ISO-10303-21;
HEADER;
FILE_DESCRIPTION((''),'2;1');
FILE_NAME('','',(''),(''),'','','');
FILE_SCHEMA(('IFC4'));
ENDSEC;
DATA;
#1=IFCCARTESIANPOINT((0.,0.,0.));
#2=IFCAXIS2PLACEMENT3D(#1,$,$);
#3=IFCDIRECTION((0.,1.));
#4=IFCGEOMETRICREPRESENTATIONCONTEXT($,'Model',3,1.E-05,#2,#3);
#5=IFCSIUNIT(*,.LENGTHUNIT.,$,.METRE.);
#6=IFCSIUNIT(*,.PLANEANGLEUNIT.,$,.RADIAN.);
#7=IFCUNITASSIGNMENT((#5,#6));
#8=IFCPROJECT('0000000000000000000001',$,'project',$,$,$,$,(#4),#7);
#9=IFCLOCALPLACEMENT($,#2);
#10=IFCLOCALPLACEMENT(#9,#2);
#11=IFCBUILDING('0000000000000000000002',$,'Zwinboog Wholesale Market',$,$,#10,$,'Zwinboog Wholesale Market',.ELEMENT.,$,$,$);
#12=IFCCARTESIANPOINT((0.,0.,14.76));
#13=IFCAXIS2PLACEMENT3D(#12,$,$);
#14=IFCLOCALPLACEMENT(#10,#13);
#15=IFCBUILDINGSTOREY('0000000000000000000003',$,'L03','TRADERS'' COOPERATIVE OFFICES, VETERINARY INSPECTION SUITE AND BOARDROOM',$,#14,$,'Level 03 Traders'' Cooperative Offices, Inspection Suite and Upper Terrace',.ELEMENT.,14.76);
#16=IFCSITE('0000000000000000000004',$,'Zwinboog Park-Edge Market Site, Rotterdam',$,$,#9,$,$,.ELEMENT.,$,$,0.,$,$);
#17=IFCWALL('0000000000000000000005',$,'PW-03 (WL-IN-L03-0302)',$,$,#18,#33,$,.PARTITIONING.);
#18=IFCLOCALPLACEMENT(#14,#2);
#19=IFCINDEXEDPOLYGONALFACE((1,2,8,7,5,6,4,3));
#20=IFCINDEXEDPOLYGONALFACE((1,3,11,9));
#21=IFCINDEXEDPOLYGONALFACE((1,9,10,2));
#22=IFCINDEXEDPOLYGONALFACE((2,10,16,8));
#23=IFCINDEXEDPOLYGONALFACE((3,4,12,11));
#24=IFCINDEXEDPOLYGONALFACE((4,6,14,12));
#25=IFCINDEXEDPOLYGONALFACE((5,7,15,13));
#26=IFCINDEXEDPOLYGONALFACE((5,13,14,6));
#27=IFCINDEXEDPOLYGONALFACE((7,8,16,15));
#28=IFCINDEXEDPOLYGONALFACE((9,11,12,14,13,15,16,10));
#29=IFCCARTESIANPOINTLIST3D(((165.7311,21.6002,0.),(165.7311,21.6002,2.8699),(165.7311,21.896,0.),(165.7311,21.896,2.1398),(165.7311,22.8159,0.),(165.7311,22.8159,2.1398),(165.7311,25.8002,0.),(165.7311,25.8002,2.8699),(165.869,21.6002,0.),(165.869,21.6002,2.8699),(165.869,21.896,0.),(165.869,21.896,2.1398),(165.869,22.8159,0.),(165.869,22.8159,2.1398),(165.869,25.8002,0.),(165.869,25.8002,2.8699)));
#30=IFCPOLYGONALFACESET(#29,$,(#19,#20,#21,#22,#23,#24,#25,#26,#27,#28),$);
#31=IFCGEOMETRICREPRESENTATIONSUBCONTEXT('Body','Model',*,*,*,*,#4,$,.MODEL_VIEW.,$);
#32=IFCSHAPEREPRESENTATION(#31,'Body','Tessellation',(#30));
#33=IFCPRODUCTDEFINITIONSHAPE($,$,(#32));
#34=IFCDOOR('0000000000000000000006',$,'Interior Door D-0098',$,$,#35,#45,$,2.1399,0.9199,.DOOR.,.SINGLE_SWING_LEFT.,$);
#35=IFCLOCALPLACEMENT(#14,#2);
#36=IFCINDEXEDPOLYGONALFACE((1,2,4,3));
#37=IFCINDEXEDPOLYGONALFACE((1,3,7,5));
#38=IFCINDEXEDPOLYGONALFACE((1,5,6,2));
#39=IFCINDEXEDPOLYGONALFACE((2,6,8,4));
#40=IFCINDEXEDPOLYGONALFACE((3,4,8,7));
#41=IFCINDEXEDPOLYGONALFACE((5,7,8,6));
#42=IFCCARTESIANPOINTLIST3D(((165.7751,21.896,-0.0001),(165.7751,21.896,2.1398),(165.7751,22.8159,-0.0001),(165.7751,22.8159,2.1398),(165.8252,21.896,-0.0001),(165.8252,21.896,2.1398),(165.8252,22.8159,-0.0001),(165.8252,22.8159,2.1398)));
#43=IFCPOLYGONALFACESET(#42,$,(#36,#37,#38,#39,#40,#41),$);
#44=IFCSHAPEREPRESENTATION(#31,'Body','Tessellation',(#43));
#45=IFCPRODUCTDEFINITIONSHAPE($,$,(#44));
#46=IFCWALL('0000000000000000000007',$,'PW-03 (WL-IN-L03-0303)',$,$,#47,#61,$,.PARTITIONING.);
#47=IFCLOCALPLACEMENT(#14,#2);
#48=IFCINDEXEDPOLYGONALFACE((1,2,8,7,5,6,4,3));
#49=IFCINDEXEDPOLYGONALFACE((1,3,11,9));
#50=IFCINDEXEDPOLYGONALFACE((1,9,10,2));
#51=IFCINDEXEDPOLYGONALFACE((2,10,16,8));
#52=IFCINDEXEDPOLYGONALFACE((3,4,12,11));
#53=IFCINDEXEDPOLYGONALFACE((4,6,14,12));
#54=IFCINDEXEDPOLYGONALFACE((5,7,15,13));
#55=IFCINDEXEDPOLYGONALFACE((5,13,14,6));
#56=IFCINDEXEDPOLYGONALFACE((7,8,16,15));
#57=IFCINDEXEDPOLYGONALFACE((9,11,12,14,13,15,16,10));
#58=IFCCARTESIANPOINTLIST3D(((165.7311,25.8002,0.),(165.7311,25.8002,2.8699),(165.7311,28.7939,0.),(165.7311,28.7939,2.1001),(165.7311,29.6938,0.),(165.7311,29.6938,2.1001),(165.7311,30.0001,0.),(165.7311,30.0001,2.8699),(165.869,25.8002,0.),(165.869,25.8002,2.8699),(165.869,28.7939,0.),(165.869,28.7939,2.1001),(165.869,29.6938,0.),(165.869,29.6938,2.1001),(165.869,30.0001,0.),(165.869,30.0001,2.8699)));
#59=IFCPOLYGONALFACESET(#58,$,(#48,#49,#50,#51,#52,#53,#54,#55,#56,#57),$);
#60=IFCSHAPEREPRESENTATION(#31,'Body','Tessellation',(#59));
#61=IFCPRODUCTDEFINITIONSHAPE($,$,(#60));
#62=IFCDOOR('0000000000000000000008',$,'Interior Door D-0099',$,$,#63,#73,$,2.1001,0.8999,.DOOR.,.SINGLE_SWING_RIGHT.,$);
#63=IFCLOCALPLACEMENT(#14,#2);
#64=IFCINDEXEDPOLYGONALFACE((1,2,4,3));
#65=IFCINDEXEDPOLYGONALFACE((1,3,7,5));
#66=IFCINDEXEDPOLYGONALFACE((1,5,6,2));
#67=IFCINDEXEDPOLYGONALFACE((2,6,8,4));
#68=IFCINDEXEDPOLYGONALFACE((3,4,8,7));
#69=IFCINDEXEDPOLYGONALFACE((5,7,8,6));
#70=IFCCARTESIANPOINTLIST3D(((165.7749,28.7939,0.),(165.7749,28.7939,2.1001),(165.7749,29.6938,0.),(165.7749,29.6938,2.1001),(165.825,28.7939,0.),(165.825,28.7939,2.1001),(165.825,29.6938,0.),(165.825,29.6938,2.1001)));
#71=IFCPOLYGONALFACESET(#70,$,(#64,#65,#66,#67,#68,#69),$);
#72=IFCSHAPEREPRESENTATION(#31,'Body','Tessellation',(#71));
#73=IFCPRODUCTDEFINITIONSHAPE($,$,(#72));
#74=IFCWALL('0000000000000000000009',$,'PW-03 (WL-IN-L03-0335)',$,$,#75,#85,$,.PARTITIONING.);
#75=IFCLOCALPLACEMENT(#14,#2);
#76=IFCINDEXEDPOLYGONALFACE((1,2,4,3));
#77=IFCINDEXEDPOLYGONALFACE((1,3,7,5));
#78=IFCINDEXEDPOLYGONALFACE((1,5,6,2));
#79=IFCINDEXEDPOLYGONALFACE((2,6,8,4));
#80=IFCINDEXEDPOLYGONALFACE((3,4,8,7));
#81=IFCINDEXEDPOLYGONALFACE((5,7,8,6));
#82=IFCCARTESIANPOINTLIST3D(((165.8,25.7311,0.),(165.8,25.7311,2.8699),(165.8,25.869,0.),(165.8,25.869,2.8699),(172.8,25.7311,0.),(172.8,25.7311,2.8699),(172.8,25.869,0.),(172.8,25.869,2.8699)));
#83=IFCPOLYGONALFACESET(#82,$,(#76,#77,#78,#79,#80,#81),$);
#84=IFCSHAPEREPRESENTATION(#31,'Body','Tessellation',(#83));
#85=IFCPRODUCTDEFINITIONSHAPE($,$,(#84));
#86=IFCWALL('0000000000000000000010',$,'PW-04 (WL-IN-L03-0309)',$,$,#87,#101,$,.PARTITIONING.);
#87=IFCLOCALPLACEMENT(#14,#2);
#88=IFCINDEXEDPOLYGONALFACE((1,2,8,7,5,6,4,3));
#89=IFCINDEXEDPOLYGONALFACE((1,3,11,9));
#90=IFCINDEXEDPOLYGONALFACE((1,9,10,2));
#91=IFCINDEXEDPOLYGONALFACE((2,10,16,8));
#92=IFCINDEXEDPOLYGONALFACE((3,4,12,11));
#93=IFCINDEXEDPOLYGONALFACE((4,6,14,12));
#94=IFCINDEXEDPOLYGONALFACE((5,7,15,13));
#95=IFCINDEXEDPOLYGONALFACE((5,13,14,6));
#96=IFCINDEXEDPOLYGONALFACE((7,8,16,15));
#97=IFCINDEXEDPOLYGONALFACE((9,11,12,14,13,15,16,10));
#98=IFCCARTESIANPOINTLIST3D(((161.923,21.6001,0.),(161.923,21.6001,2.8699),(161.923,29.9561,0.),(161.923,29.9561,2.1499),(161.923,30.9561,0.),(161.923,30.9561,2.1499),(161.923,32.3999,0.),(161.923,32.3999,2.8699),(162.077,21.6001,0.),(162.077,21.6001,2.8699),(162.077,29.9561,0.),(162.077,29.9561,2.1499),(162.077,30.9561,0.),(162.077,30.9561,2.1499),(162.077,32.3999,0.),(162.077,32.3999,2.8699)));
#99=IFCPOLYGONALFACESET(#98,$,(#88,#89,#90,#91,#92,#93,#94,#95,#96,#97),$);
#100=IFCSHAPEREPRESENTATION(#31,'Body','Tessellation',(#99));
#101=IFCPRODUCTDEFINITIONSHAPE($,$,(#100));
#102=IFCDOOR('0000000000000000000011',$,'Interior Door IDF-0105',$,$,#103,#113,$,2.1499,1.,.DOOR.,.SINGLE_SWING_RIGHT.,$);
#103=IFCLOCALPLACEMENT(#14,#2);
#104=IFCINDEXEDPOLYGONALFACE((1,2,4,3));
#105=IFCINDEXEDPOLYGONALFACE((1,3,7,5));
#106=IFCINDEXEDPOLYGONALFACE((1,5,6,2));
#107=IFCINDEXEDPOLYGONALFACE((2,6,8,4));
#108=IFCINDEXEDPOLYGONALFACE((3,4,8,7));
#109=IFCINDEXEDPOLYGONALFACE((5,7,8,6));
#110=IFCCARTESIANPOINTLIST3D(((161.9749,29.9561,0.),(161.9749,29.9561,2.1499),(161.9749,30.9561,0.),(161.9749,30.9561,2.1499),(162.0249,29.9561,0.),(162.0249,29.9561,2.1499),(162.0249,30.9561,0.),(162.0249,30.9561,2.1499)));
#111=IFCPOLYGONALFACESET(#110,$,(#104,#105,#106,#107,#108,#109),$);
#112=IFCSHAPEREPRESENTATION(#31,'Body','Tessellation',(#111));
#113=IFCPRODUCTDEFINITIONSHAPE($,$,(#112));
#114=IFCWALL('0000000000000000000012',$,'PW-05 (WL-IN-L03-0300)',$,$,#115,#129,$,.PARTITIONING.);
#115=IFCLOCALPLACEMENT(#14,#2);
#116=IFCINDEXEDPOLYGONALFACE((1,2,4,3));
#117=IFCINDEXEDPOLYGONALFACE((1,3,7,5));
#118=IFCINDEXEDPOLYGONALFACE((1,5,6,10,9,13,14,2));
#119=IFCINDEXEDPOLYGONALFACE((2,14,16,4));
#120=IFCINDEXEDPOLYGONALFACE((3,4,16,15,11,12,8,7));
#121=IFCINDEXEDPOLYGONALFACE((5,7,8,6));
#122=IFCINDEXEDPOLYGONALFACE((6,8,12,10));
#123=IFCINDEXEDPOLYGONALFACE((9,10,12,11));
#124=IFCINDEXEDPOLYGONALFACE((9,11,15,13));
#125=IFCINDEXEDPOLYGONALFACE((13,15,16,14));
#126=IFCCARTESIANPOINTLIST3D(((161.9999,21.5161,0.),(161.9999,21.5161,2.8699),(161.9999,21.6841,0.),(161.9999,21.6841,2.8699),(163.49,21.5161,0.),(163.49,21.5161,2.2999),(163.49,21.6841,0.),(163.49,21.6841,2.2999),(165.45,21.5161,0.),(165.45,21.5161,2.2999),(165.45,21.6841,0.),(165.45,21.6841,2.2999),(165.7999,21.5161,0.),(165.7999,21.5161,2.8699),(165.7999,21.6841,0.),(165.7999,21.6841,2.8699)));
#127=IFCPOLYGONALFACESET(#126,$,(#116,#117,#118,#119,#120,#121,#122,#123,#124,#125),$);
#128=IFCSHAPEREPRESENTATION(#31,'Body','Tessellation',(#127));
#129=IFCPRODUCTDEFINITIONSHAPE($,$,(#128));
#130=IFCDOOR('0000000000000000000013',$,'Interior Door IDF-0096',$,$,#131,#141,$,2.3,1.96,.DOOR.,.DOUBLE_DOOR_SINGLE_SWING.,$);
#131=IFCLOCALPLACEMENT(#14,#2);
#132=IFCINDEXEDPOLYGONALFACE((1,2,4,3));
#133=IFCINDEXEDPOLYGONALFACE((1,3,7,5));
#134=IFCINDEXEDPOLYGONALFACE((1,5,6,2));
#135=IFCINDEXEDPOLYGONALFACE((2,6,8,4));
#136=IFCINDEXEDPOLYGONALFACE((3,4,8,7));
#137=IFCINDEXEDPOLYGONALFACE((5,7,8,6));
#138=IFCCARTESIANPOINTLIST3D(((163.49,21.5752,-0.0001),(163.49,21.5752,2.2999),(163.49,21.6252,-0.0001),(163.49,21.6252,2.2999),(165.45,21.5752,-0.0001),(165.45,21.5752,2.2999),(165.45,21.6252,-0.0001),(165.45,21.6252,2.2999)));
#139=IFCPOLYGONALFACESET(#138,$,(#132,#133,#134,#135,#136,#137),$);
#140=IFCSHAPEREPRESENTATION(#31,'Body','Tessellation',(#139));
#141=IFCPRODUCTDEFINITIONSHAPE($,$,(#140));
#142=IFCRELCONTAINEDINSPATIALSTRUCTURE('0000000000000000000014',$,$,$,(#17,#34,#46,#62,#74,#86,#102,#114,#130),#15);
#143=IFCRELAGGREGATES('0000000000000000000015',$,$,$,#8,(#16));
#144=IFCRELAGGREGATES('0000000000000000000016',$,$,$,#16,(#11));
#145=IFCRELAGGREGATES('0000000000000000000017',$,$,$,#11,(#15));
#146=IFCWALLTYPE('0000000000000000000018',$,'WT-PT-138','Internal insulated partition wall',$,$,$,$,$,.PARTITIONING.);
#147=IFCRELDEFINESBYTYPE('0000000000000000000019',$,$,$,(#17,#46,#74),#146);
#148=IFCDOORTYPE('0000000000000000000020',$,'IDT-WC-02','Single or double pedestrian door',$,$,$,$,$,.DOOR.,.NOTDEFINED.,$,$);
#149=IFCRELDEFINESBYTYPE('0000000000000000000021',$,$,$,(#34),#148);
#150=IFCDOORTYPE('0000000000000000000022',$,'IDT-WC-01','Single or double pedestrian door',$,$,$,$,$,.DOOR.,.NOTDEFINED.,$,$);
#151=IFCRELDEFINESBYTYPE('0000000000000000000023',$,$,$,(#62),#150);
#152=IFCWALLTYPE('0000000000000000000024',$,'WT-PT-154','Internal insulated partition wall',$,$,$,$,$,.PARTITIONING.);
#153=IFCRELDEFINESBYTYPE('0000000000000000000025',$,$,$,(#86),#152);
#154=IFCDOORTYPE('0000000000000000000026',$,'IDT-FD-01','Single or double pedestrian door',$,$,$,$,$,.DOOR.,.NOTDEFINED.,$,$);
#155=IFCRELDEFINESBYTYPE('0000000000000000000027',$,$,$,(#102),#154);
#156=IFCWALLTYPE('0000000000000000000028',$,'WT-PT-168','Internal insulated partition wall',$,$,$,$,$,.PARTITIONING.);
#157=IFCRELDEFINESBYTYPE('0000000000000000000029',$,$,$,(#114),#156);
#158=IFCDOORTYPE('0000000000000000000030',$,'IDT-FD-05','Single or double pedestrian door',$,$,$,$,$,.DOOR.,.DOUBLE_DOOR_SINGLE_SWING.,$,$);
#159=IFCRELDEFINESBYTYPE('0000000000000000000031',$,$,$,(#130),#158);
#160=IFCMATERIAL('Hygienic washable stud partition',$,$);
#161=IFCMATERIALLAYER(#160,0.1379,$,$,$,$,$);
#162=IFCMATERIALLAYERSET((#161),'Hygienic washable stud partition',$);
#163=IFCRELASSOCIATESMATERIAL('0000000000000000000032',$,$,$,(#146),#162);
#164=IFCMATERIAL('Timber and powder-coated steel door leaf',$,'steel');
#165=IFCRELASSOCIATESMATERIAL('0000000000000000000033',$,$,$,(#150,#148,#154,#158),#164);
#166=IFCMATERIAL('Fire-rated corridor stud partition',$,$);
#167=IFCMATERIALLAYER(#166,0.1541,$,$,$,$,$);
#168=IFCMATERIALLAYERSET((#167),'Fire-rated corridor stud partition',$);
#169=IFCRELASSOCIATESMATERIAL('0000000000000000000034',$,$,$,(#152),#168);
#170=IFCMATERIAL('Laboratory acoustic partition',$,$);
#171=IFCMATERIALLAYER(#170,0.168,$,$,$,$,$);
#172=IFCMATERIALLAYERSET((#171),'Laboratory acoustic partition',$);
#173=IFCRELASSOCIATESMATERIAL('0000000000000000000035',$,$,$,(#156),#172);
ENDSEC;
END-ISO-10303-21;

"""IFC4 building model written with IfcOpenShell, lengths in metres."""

from ifc_helpers import new_model, si_unit, direction, frame, frame_2d, origin, place, context, subcontext, project, spatial, rectangle, extrude, material, layer, layer_set, type_object, element, fill, save


model = new_model("IFC4")

# Units and contexts
model_context = context("Model", 3, precision=1e-05, world=origin(), true_north=direction((0.0, 1.0)))
body_context = subcontext(model_context, "Body", "Model", "MODEL_VIEW")
ifc_project = project(units=[si_unit("LENGTHUNIT", "METRE"), si_unit("PLANEANGLEUNIT", "RADIAN")], contexts=[model_context])

# Site, building, storey
site_placement = place(None, origin())
site = spatial("IfcSite", under=ifc_project, at=site_placement, Name="Zwinboog Park-Edge Market Site, Rotterdam", CompositionType="ELEMENT", RefElevation=0.0)
building_placement = place(site_placement, origin())
building = spatial("IfcBuilding", under=site, at=building_placement, Name="Zwinboog Wholesale Market", LongName="Zwinboog Wholesale Market", CompositionType="ELEMENT")
storey_placement = place(building_placement, frame((0.0, 0.0, 14.76)))
storey = spatial("IfcBuildingStorey", under=building, at=storey_placement, Name="L03", Description="TRADERS' COOPERATIVE OFFICES, VETERINARY INSPECTION SUITE AND BOARDROOM", LongName="Level 03 Traders' Cooperative Offices, Inspection Suite and Upper Terrace", CompositionType="ELEMENT", Elevation=14.76)

# Walls, openings, doors
ifc_material_1 = material(Name="Hygienic washable stud partition")
ifc_layer_1 = layer(ifc_material_1, 0.1379)
ifc_layer_set_1 = layer_set([ifc_layer_1], Name="Hygienic washable stud partition")
wall_type_1 = type_object("IfcWallType", Name="WT-PT-138", Description="Internal insulated partition wall", PredefinedType="PARTITIONING", material=ifc_layer_set_1)
ifc_material_2 = material(Name="Timber and powder-coated steel door leaf", Category="steel")
door_type_1 = type_object("IfcDoorType", Name="IDT-WC-01", Description="Single or double pedestrian door", OperationType="NOTDEFINED", PredefinedType="DOOR", material=ifc_material_2)
wall_1_placement = place(storey_placement, frame((165.8, 21.6001, 0.0), z_axis=(0.0, 0.0, 1.0), x_axis=(0.0, 1.0, 0.0)))
wall_1 = element("IfcWall", 1, at=wall_1_placement, inside=storey, type_object=wall_type_1, Name="PW-03 (WL-IN-L03-0302)", PredefinedType="PARTITIONING", context=body_context, shape_type="SweptSolid", body=[
    extrude(rectangle(XDim=4.2, YDim=0.1379, at=frame_2d((2.1001, 0.0))), origin(), (0.0, 0.0, 1.0), 2.8699),
])
opening_1_placement = place(wall_1_placement, frame((0.2959, 0.0, 0.0)))
opening_1 = element("IfcOpeningElement", 2, at=opening_1_placement, cuts=wall_1, PredefinedType="OPENING", context=body_context, shape_type="SweptSolid", body=[
    extrude(rectangle(XDim=0.9199, YDim=2.1399, at=frame_2d((0.46, 1.0698))), frame((0.0, 0.0789, 0.0), z_axis=(0.0, -1.0, 0.0), x_axis=(1.0, 0.0, 0.0)), (0.0, 0.0, 1.0), 0.158),
])
door_type_2 = type_object("IfcDoorType", Name="IDT-WC-02", Description="Single or double pedestrian door", OperationType="NOTDEFINED", PredefinedType="DOOR", material=ifc_material_2)
door_1_placement = place(opening_1_placement, origin())
door_1 = element("IfcDoor", 3, at=door_1_placement, inside=storey, type_object=door_type_2, Name="Interior Door D-0098", OperationType="SINGLE_SWING_LEFT", OverallHeight=2.1399, OverallWidth=0.9199, PredefinedType="DOOR", context=body_context, shape_type="SweptSolid", body=[
    extrude(rectangle(XDim=0.9199, YDim=2.1399, at=frame_2d((0.46, 1.0698))), frame((0.0, 0.0249, 0.0), z_axis=(0.0, -1.0, 0.0), x_axis=(1.0, 0.0, 0.0)), (0.0, 0.0, 1.0), 0.05),
])
fill(opening_1, door_1)
wall_2_placement = place(storey_placement, frame((165.8, 25.8, 0.0), z_axis=(0.0, 0.0, 1.0), x_axis=(0.0, 1.0, 0.0)))
wall_2 = element("IfcWall", 4, at=wall_2_placement, inside=storey, type_object=wall_type_1, Name="PW-03 (WL-IN-L03-0303)", PredefinedType="PARTITIONING", context=body_context, shape_type="SweptSolid", body=[
    extrude(rectangle(XDim=4.2, YDim=0.1379, at=frame_2d((2.1001, 0.0))), origin(), (0.0, 0.0, 1.0), 2.8699),
])
opening_2_placement = place(wall_2_placement, frame((2.9939, 0.0, 0.0)))
opening_2 = element("IfcOpeningElement", 5, at=opening_2_placement, cuts=wall_2, PredefinedType="OPENING", context=body_context, shape_type="SweptSolid", body=[
    extrude(rectangle(XDim=0.8999, YDim=2.1001, at=frame_2d((0.45, 1.05))), frame((0.0, 0.0789, 0.0), z_axis=(0.0, -1.0, 0.0), x_axis=(1.0, 0.0, 0.0)), (0.0, 0.0, 1.0), 0.158),
])
door_2_placement = place(opening_2_placement, frame((0.8999, 0.0, 0.0), z_axis=(0.0, 0.0, 1.0), x_axis=(-1.0, 0.0, 0.0)))
door_2 = element("IfcDoor", 6, at=door_2_placement, inside=storey, type_object=door_type_1, Name="Interior Door D-0099", OperationType="SINGLE_SWING_RIGHT", OverallHeight=2.1001, OverallWidth=0.8999, PredefinedType="DOOR", context=body_context, shape_type="SweptSolid", body=[
    extrude(rectangle(XDim=0.8999, YDim=2.1001, at=frame_2d((0.45, 1.05))), frame((0.0, 0.0249, 0.0), z_axis=(0.0, -1.0, 0.0), x_axis=(1.0, 0.0, 0.0)), (0.0, 0.0, 1.0), 0.05),
])
fill(opening_2, door_2)

# Wall
wall_3_placement = place(storey_placement, frame((165.8, 25.8, 0.0), z_axis=(0.0, 0.0, 1.0), x_axis=(1.0, 0.0, 0.0)))
element("IfcWall", 7, at=wall_3_placement, inside=storey, type_object=wall_type_1, Name="PW-03 (WL-IN-L03-0335)", PredefinedType="PARTITIONING", context=body_context, shape_type="SweptSolid", body=[
    extrude(rectangle(XDim=7.0, YDim=0.1379, at=frame_2d((3.5, 0.0))), origin(), (0.0, 0.0, 1.0), 2.8699),
])

# Walls, openings, doors
ifc_material_3 = material(Name="Fire-rated corridor stud partition")
ifc_layer_2 = layer(ifc_material_3, 0.1541)
ifc_layer_set_2 = layer_set([ifc_layer_2], Name="Fire-rated corridor stud partition")
wall_type_2 = type_object("IfcWallType", Name="WT-PT-154", Description="Internal insulated partition wall", PredefinedType="PARTITIONING", material=ifc_layer_set_2)
wall_4_placement = place(storey_placement, frame((162.0, 21.6001, 0.0), z_axis=(0.0, 0.0, 1.0), x_axis=(0.0, 1.0, 0.0)))
wall_4 = element("IfcWall", 8, at=wall_4_placement, inside=storey, type_object=wall_type_2, Name="PW-04 (WL-IN-L03-0309)", PredefinedType="PARTITIONING", context=body_context, shape_type="SweptSolid", body=[
    extrude(rectangle(XDim=10.7998, YDim=0.1541, at=frame_2d((5.3999, 0.0))), origin(), (0.0, 0.0, 1.0), 2.8699),
])
opening_3_placement = place(wall_4_placement, frame((8.356, 0.0, 0.0)))
opening_3 = element("IfcOpeningElement", 9, at=opening_3_placement, cuts=wall_4, PredefinedType="OPENING", context=body_context, shape_type="SweptSolid", body=[
    extrude(rectangle(XDim=1.0, YDim=2.1499, at=frame_2d((0.5, 1.075))), frame((0.0, 0.0869, 0.0), z_axis=(0.0, -1.0, 0.0), x_axis=(1.0, 0.0, 0.0)), (0.0, 0.0, 1.0), 0.1741),
])
door_type_3 = type_object("IfcDoorType", Name="IDT-FD-01", Description="Single or double pedestrian door", OperationType="NOTDEFINED", PredefinedType="DOOR", material=ifc_material_2)
door_3_placement = place(opening_3_placement, frame((1.0, 0.0, 0.0), z_axis=(0.0, 0.0, 1.0), x_axis=(-1.0, 0.0, 0.0)))
door_3 = element("IfcDoor", 10, at=door_3_placement, inside=storey, type_object=door_type_3, Name="Interior Door IDF-0105", OperationType="SINGLE_SWING_RIGHT", OverallHeight=2.1499, OverallWidth=1.0, PredefinedType="DOOR", context=body_context, shape_type="SweptSolid", body=[
    extrude(rectangle(XDim=1.0, YDim=2.1499, at=frame_2d((0.5, 1.075))), frame((0.0, 0.0249, 0.0), z_axis=(0.0, -1.0, 0.0), x_axis=(1.0, 0.0, 0.0)), (0.0, 0.0, 1.0), 0.05),
])
fill(opening_3, door_3)
ifc_material_4 = material(Name="Laboratory acoustic partition")
ifc_layer_3 = layer(ifc_material_4, 0.168)
ifc_layer_set_3 = layer_set([ifc_layer_3], Name="Laboratory acoustic partition")
wall_type_3 = type_object("IfcWallType", Name="WT-PT-168", Description="Internal insulated partition wall", PredefinedType="PARTITIONING", material=ifc_layer_set_3)
wall_5_placement = place(storey_placement, frame((162.0, 21.6001, 0.0), z_axis=(0.0, 0.0, 1.0), x_axis=(1.0, 0.0, 0.0)))
wall_5 = element("IfcWall", 11, at=wall_5_placement, inside=storey, type_object=wall_type_3, Name="PW-05 (WL-IN-L03-0300)", PredefinedType="PARTITIONING", context=body_context, shape_type="SweptSolid", body=[
    extrude(rectangle(XDim=3.8, YDim=0.168, at=frame_2d((1.8999, 0.0))), origin(), (0.0, 0.0, 1.0), 2.8699),
])
opening_4_placement = place(wall_5_placement, frame((1.49, 0.0, 0.0)))
opening_4 = element("IfcOpeningElement", 12, at=opening_4_placement, cuts=wall_5, PredefinedType="OPENING", context=body_context, shape_type="SweptSolid", body=[
    extrude(rectangle(XDim=1.96, YDim=2.3, at=frame_2d((0.98, 1.1499))), frame((0.0, 0.094, 0.0), z_axis=(0.0, -1.0, 0.0), x_axis=(1.0, 0.0, 0.0)), (0.0, 0.0, 1.0), 0.188),
])
door_type_4 = type_object("IfcDoorType", Name="IDT-FD-05", Description="Single or double pedestrian door", OperationType="DOUBLE_DOOR_SINGLE_SWING", PredefinedType="DOOR", material=ifc_material_2)
door_4_placement = place(opening_4_placement, frame((1.96, 0.0, 0.0), z_axis=(0.0, 0.0, 1.0), x_axis=(-1.0, 0.0, 0.0)))
door_4 = element("IfcDoor", 13, at=door_4_placement, inside=storey, type_object=door_type_4, Name="Interior Door IDF-0096", OperationType="DOUBLE_DOOR_SINGLE_SWING", OverallHeight=2.3, OverallWidth=1.96, PredefinedType="DOOR", context=body_context, shape_type="SweptSolid", body=[
    extrude(rectangle(XDim=1.96, YDim=2.3, at=frame_2d((0.98, 1.1499))), frame((0.0, 0.0249, 0.0), z_axis=(0.0, -1.0, 0.0), x_axis=(1.0, 0.0, 0.0)), (0.0, 0.0, 1.0), 0.05),
])
fill(opening_4, door_4)

save(model, "model.ifc")
